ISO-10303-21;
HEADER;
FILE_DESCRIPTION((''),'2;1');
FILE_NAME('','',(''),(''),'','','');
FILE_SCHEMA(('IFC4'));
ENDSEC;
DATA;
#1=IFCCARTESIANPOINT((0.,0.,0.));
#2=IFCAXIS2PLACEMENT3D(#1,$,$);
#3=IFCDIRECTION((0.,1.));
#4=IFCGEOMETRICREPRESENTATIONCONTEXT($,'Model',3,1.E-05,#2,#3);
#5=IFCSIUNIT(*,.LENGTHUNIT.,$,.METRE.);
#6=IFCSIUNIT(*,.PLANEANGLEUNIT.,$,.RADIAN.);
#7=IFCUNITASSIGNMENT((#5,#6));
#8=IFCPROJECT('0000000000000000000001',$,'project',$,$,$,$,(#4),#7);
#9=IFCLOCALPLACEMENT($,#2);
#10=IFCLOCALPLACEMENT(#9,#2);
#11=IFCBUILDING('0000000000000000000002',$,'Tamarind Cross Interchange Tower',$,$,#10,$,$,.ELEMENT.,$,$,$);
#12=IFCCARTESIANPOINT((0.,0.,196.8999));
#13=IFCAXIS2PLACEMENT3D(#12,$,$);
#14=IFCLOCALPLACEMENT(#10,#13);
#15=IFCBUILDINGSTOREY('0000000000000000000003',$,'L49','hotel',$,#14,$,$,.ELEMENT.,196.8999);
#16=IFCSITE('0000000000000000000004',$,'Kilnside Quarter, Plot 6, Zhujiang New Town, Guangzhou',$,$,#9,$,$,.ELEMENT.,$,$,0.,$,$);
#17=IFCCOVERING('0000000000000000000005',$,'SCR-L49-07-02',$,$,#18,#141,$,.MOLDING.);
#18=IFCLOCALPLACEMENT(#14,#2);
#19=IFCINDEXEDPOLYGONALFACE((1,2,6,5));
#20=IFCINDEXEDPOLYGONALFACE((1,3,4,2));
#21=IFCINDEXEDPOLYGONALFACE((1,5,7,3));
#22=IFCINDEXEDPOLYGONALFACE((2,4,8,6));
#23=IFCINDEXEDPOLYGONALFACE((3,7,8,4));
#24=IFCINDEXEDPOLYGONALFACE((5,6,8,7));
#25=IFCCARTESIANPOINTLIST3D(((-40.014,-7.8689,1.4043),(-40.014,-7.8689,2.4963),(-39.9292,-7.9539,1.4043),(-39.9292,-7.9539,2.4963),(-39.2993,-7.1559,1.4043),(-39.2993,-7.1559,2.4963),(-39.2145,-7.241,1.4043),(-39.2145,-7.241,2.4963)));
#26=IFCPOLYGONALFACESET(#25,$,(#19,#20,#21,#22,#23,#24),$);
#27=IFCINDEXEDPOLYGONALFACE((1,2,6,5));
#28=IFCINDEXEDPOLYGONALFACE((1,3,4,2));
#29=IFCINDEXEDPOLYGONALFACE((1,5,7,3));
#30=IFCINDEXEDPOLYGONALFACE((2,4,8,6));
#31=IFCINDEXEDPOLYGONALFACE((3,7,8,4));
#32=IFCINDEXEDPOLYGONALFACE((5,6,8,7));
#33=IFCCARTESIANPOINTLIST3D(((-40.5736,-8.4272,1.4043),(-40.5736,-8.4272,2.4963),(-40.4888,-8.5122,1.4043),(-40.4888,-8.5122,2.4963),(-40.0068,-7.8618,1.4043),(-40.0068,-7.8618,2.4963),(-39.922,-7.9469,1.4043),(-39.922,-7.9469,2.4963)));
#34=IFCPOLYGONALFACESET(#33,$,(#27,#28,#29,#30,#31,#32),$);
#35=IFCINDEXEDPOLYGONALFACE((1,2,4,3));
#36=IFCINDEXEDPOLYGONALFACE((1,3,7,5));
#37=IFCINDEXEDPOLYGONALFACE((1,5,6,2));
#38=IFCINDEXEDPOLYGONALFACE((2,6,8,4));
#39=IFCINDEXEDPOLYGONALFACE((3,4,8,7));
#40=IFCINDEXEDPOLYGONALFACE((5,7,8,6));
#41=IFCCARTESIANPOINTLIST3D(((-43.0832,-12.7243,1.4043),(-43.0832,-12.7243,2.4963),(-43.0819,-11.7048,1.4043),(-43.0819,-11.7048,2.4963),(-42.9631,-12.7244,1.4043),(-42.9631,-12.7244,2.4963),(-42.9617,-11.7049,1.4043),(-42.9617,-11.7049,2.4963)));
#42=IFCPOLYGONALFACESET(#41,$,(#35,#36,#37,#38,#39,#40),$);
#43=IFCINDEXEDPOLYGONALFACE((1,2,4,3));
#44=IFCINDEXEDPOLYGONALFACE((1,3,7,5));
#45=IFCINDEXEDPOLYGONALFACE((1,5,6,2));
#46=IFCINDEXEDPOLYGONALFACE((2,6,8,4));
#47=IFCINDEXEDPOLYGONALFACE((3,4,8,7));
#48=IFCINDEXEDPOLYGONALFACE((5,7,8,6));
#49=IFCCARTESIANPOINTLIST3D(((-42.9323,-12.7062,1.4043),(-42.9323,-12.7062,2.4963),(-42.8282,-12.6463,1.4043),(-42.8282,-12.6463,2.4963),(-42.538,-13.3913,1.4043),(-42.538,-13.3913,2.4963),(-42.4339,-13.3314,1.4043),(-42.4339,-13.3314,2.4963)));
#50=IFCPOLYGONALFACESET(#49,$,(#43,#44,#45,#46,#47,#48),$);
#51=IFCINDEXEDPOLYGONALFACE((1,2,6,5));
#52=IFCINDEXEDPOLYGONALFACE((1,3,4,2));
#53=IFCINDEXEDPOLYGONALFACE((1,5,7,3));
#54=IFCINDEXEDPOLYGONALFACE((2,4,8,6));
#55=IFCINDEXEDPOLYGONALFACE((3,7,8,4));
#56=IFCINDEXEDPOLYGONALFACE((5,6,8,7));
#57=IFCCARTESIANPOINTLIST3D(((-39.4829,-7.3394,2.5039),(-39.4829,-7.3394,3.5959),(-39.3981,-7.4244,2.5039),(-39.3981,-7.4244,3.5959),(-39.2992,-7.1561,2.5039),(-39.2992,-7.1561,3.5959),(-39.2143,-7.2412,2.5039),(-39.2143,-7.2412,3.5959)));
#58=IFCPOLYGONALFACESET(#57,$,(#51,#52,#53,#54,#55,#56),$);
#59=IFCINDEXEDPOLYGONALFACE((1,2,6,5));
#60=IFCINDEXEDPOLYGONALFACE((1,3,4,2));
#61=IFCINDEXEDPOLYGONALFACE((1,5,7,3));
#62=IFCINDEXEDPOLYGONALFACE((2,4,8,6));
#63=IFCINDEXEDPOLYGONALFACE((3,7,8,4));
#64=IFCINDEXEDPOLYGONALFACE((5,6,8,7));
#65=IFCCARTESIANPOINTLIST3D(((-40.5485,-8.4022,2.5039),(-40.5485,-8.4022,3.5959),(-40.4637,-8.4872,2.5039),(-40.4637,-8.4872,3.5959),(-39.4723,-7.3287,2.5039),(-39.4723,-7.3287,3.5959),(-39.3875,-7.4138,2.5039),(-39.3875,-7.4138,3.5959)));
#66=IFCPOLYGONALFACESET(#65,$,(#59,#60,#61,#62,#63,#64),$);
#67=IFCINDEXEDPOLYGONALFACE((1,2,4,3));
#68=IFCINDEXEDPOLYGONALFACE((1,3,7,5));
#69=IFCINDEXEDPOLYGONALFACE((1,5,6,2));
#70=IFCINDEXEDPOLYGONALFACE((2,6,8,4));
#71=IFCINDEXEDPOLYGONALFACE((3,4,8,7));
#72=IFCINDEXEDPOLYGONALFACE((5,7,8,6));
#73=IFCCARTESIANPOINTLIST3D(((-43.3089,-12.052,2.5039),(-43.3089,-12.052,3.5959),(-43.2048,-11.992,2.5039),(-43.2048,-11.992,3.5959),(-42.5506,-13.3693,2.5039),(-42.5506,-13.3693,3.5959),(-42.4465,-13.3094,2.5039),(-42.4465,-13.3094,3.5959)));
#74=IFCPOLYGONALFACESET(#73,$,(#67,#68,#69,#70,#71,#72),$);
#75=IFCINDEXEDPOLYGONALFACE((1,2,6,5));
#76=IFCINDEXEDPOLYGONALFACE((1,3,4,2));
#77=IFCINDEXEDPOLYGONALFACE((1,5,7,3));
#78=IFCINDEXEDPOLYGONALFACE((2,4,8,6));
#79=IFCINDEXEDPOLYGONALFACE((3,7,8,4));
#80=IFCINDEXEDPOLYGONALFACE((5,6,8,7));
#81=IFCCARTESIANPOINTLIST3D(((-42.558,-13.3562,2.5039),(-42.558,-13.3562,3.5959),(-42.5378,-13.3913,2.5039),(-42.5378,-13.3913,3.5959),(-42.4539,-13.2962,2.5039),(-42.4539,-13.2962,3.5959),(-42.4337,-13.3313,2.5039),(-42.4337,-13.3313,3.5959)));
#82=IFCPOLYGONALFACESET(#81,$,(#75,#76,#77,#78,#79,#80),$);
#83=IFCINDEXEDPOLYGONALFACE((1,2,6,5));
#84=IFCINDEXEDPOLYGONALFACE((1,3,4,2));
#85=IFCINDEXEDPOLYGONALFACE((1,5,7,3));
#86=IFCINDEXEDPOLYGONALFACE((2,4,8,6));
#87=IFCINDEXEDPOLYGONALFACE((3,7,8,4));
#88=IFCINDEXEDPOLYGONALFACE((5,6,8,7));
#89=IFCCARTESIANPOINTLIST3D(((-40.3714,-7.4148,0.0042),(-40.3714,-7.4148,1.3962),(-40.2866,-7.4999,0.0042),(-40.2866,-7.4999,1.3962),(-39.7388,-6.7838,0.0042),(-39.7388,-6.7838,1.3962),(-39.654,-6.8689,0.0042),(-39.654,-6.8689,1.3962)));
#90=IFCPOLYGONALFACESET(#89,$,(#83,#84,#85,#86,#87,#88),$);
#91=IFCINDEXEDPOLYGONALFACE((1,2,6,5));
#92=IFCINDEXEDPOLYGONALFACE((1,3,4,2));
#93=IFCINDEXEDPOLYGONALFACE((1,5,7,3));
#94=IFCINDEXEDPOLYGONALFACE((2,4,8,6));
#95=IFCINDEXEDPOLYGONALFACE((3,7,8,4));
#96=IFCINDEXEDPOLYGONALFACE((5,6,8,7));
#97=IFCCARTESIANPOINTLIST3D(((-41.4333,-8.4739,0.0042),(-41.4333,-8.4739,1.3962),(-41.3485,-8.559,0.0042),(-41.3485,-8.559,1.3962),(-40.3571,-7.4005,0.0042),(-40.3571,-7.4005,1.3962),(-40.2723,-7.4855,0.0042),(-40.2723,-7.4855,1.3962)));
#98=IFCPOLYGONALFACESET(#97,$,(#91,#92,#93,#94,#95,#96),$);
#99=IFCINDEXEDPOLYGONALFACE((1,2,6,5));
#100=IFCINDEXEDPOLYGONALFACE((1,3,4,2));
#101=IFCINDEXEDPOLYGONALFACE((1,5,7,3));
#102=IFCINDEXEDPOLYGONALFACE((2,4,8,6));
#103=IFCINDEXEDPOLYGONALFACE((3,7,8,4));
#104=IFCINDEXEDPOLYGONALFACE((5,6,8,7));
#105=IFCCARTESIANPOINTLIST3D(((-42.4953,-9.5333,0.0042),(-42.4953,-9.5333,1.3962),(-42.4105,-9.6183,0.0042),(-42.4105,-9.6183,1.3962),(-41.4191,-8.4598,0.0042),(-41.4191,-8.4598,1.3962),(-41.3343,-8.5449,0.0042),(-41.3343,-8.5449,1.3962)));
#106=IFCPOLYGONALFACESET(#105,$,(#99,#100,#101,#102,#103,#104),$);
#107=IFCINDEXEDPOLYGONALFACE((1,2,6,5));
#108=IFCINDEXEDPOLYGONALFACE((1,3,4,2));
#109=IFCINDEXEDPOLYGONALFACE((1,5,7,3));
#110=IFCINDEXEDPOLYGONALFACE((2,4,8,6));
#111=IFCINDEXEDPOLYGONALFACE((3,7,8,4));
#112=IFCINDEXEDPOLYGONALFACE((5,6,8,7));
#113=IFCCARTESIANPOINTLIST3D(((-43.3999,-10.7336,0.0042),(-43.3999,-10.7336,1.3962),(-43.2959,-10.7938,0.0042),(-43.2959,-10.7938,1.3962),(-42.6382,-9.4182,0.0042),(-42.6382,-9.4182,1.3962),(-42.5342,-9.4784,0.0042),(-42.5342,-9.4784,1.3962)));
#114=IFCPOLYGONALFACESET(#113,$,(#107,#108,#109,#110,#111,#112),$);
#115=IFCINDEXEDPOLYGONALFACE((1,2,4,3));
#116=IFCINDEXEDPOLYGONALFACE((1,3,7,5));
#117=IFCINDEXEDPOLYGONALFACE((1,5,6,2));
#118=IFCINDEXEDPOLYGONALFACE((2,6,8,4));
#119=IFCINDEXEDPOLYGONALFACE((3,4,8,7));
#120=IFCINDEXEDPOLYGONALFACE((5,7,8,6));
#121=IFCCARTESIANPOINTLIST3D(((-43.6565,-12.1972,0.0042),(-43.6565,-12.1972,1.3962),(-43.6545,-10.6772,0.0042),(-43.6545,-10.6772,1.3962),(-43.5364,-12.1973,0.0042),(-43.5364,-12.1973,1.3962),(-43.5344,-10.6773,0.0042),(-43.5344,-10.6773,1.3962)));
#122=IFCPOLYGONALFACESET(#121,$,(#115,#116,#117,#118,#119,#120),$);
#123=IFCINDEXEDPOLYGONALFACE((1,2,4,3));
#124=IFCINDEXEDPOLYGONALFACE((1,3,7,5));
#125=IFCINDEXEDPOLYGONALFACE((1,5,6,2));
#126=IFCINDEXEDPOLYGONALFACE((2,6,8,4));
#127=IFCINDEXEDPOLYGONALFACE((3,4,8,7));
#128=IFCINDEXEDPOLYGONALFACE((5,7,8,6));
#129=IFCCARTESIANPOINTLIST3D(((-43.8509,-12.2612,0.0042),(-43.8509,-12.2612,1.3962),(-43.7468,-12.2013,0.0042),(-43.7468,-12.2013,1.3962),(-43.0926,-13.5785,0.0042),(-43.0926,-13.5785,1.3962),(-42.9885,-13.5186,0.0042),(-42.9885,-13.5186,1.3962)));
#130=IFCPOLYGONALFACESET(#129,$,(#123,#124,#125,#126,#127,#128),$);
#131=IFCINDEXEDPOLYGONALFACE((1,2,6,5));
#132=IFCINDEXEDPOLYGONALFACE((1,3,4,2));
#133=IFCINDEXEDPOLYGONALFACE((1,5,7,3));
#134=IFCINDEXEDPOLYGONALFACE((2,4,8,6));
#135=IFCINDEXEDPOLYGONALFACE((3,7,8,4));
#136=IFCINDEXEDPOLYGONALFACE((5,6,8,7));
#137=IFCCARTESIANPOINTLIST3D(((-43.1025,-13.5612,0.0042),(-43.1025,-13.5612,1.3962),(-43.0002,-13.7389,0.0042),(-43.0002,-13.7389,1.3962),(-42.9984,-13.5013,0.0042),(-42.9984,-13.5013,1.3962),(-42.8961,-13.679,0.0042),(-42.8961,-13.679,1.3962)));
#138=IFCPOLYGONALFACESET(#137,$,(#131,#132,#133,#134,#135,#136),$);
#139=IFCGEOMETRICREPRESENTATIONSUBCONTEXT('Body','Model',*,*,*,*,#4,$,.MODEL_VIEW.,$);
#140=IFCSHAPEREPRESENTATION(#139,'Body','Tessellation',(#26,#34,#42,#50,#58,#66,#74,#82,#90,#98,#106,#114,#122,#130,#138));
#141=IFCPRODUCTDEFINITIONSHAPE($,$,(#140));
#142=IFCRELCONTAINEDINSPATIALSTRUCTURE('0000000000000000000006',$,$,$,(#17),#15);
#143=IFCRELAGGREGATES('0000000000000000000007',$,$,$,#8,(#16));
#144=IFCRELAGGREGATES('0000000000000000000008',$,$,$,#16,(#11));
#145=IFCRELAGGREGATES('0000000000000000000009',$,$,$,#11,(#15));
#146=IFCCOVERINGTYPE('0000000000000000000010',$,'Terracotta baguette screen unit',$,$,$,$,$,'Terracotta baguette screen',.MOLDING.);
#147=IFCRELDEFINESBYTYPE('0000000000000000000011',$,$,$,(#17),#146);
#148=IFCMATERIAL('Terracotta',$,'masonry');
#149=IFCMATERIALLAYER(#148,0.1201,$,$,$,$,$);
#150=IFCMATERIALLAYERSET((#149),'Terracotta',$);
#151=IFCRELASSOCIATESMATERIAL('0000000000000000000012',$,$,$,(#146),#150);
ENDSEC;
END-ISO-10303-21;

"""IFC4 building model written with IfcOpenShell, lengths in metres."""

from ifc_helpers import new_model, si_unit, direction, frame, origin, origin_2d, place, context, subcontext, project, spatial, rectangle, extrude, material, layer, layer_set, type_object, element, save


model = new_model("IFC4")

# Units and contexts
model_context = context("Model", 3, precision=1e-05, world=origin(), true_north=direction((0.0, 1.0)))
body_context = subcontext(model_context, "Body", "Model", "MODEL_VIEW")
ifc_project = project(units=[si_unit("LENGTHUNIT", "METRE"), si_unit("PLANEANGLEUNIT", "RADIAN")], contexts=[model_context])

# Site, building, storey
site_placement = place(None, origin())
site = spatial("IfcSite", under=ifc_project, at=site_placement, Name="Kilnside Quarter, Plot 6, Zhujiang New Town, Guangzhou", CompositionType="ELEMENT", RefElevation=0.0)
building_placement = place(site_placement, origin())
building = spatial("IfcBuilding", under=site, at=building_placement, Name="Tamarind Cross Interchange Tower", CompositionType="ELEMENT")
storey_placement = place(building_placement, frame((0.0, 0.0, 196.8999)))
storey = spatial("IfcBuildingStorey", under=building, at=storey_placement, Name="L49", Description="hotel", CompositionType="ELEMENT", Elevation=196.8999)

# Covering
ifc_material_1 = material(Name="Terracotta", Category="masonry")
ifc_layer_1 = layer(ifc_material_1, 0.1201)
ifc_layer_set_1 = layer_set([ifc_layer_1], Name="Terracotta")
covering_type = type_object("IfcCoveringType", Name="Terracotta baguette screen unit", ElementType="Terracotta baguette screen", PredefinedType="MOLDING", material=ifc_layer_set_1)
covering_1_placement = place(storey_placement, origin())
element("IfcCovering", 1, at=covering_1_placement, inside=storey, type_object=covering_type, Name="SCR-L49-07-02", PredefinedType="MOLDING", context=body_context, shape_type="SweptSolid", body=[
    extrude(rectangle(XDim=1.0095, YDim=0.1201, at=origin_2d()), frame((-39.6143, -7.5549, 1.4043), z_axis=(0.0, 0.0, 1.0), x_axis=(-0.708015, -0.706198, 0.0)), (0.0, 0.0, 1.0), 1.092),
    extrude(rectangle(XDim=0.8005, YDim=0.1201, at=origin_2d()), frame((-40.2478, -8.187, 1.4043), z_axis=(0.0, 0.0, 1.0), x_axis=(-0.708015, -0.706198, 0.0)), (0.0, 0.0, 1.0), 1.092),
    extrude(rectangle(XDim=1.0195, YDim=0.1201, at=origin_2d()), frame((-43.0225, -12.2146, 1.4043), z_axis=(0.0, 0.0, 1.0), x_axis=(-0.001285, -0.999999, 0.0)), (0.0, 0.0, 1.0), 1.092),
    extrude(rectangle(XDim=0.7905, YDim=0.1201, at=origin_2d()), frame((-42.6831, -13.0188, 1.4043), z_axis=(0.0, 0.0, 1.0), x_axis=(0.498887, -0.866667, 0.0)), (0.0, 0.0, 1.0), 1.092),
    extrude(rectangle(XDim=0.2595, YDim=0.1201, at=origin_2d()), frame((-39.3486, -7.2903, 2.5039), z_axis=(0.0, 0.0, 1.0), x_axis=(-0.708015, -0.706198, 0.0)), (0.0, 0.0, 1.0), 1.092),
    extrude(rectangle(XDim=1.52, YDim=0.1201, at=origin_2d()), frame((-39.968, -7.908, 2.5039), z_axis=(0.0, 0.0, 1.0), x_axis=(-0.708015, -0.706198, 0.0)), (0.0, 0.0, 1.0), 1.092),
    extrude(rectangle(XDim=1.52, YDim=0.1201, at=origin_2d()), frame((-42.8777, -12.6807, 2.5039), z_axis=(0.0, 0.0, 1.0), x_axis=(0.498887, -0.866667, 0.0)), (0.0, 0.0, 1.0), 1.092),
    extrude(rectangle(XDim=0.0405, YDim=0.1201, at=origin_2d()), frame((-42.4958, -13.3438, 2.5039), z_axis=(0.0, 0.0, 1.0), x_axis=(0.498887, -0.866667, 0.0)), (0.0, 0.0, 1.0), 1.092),
    extrude(rectangle(XDim=0.8936, YDim=0.1201, at=origin_2d()), frame((-40.0127, -7.1418, 0.0042), z_axis=(0.0, 0.0, 1.0), x_axis=(-0.708015, -0.706198, 0.0)), (0.0, 0.0, 1.0), 1.3921),
    extrude(rectangle(XDim=1.52, YDim=0.1201, at=origin_2d()), frame((-40.8528, -7.9797, 0.0042), z_axis=(0.0, 0.0, 1.0), x_axis=(-0.708015, -0.706198, 0.0)), (0.0, 0.0, 1.0), 1.3921),
    extrude(rectangle(XDim=1.52, YDim=0.1201, at=origin_2d()), frame((-41.9148, -9.0391, 0.0042), z_axis=(0.0, 0.0, 1.0), x_axis=(-0.708015, -0.706198, 0.0)), (0.0, 0.0, 1.0), 1.3921),
    extrude(rectangle(XDim=1.52, YDim=0.1201, at=origin_2d()), frame((-42.967, -10.106, 0.0042), z_axis=(0.0, 0.0, 1.0), x_axis=(-0.501112, -0.865382, 0.0)), (0.0, 0.0, 1.0), 1.3921),
    extrude(rectangle(XDim=1.52, YDim=0.1201, at=origin_2d()), frame((-43.5955, -11.4373, 0.0042), z_axis=(0.0, 0.0, 1.0), x_axis=(-0.001285, -0.999999, 0.0)), (0.0, 0.0, 1.0), 1.3921),
    extrude(rectangle(XDim=1.52, YDim=0.1201, at=origin_2d()), frame((-43.4197, -12.8899, 0.0042), z_axis=(0.0, 0.0, 1.0), x_axis=(0.498887, -0.866667, 0.0)), (0.0, 0.0, 1.0), 1.3921),
    extrude(rectangle(XDim=0.2051, YDim=0.1201, at=origin_2d()), frame((-42.9993, -13.6201, 0.0042), z_axis=(0.0, 0.0, 1.0), x_axis=(0.498887, -0.866667, 0.0)), (0.0, 0.0, 1.0), 1.3921),
])

save(model, "model.ifc")
